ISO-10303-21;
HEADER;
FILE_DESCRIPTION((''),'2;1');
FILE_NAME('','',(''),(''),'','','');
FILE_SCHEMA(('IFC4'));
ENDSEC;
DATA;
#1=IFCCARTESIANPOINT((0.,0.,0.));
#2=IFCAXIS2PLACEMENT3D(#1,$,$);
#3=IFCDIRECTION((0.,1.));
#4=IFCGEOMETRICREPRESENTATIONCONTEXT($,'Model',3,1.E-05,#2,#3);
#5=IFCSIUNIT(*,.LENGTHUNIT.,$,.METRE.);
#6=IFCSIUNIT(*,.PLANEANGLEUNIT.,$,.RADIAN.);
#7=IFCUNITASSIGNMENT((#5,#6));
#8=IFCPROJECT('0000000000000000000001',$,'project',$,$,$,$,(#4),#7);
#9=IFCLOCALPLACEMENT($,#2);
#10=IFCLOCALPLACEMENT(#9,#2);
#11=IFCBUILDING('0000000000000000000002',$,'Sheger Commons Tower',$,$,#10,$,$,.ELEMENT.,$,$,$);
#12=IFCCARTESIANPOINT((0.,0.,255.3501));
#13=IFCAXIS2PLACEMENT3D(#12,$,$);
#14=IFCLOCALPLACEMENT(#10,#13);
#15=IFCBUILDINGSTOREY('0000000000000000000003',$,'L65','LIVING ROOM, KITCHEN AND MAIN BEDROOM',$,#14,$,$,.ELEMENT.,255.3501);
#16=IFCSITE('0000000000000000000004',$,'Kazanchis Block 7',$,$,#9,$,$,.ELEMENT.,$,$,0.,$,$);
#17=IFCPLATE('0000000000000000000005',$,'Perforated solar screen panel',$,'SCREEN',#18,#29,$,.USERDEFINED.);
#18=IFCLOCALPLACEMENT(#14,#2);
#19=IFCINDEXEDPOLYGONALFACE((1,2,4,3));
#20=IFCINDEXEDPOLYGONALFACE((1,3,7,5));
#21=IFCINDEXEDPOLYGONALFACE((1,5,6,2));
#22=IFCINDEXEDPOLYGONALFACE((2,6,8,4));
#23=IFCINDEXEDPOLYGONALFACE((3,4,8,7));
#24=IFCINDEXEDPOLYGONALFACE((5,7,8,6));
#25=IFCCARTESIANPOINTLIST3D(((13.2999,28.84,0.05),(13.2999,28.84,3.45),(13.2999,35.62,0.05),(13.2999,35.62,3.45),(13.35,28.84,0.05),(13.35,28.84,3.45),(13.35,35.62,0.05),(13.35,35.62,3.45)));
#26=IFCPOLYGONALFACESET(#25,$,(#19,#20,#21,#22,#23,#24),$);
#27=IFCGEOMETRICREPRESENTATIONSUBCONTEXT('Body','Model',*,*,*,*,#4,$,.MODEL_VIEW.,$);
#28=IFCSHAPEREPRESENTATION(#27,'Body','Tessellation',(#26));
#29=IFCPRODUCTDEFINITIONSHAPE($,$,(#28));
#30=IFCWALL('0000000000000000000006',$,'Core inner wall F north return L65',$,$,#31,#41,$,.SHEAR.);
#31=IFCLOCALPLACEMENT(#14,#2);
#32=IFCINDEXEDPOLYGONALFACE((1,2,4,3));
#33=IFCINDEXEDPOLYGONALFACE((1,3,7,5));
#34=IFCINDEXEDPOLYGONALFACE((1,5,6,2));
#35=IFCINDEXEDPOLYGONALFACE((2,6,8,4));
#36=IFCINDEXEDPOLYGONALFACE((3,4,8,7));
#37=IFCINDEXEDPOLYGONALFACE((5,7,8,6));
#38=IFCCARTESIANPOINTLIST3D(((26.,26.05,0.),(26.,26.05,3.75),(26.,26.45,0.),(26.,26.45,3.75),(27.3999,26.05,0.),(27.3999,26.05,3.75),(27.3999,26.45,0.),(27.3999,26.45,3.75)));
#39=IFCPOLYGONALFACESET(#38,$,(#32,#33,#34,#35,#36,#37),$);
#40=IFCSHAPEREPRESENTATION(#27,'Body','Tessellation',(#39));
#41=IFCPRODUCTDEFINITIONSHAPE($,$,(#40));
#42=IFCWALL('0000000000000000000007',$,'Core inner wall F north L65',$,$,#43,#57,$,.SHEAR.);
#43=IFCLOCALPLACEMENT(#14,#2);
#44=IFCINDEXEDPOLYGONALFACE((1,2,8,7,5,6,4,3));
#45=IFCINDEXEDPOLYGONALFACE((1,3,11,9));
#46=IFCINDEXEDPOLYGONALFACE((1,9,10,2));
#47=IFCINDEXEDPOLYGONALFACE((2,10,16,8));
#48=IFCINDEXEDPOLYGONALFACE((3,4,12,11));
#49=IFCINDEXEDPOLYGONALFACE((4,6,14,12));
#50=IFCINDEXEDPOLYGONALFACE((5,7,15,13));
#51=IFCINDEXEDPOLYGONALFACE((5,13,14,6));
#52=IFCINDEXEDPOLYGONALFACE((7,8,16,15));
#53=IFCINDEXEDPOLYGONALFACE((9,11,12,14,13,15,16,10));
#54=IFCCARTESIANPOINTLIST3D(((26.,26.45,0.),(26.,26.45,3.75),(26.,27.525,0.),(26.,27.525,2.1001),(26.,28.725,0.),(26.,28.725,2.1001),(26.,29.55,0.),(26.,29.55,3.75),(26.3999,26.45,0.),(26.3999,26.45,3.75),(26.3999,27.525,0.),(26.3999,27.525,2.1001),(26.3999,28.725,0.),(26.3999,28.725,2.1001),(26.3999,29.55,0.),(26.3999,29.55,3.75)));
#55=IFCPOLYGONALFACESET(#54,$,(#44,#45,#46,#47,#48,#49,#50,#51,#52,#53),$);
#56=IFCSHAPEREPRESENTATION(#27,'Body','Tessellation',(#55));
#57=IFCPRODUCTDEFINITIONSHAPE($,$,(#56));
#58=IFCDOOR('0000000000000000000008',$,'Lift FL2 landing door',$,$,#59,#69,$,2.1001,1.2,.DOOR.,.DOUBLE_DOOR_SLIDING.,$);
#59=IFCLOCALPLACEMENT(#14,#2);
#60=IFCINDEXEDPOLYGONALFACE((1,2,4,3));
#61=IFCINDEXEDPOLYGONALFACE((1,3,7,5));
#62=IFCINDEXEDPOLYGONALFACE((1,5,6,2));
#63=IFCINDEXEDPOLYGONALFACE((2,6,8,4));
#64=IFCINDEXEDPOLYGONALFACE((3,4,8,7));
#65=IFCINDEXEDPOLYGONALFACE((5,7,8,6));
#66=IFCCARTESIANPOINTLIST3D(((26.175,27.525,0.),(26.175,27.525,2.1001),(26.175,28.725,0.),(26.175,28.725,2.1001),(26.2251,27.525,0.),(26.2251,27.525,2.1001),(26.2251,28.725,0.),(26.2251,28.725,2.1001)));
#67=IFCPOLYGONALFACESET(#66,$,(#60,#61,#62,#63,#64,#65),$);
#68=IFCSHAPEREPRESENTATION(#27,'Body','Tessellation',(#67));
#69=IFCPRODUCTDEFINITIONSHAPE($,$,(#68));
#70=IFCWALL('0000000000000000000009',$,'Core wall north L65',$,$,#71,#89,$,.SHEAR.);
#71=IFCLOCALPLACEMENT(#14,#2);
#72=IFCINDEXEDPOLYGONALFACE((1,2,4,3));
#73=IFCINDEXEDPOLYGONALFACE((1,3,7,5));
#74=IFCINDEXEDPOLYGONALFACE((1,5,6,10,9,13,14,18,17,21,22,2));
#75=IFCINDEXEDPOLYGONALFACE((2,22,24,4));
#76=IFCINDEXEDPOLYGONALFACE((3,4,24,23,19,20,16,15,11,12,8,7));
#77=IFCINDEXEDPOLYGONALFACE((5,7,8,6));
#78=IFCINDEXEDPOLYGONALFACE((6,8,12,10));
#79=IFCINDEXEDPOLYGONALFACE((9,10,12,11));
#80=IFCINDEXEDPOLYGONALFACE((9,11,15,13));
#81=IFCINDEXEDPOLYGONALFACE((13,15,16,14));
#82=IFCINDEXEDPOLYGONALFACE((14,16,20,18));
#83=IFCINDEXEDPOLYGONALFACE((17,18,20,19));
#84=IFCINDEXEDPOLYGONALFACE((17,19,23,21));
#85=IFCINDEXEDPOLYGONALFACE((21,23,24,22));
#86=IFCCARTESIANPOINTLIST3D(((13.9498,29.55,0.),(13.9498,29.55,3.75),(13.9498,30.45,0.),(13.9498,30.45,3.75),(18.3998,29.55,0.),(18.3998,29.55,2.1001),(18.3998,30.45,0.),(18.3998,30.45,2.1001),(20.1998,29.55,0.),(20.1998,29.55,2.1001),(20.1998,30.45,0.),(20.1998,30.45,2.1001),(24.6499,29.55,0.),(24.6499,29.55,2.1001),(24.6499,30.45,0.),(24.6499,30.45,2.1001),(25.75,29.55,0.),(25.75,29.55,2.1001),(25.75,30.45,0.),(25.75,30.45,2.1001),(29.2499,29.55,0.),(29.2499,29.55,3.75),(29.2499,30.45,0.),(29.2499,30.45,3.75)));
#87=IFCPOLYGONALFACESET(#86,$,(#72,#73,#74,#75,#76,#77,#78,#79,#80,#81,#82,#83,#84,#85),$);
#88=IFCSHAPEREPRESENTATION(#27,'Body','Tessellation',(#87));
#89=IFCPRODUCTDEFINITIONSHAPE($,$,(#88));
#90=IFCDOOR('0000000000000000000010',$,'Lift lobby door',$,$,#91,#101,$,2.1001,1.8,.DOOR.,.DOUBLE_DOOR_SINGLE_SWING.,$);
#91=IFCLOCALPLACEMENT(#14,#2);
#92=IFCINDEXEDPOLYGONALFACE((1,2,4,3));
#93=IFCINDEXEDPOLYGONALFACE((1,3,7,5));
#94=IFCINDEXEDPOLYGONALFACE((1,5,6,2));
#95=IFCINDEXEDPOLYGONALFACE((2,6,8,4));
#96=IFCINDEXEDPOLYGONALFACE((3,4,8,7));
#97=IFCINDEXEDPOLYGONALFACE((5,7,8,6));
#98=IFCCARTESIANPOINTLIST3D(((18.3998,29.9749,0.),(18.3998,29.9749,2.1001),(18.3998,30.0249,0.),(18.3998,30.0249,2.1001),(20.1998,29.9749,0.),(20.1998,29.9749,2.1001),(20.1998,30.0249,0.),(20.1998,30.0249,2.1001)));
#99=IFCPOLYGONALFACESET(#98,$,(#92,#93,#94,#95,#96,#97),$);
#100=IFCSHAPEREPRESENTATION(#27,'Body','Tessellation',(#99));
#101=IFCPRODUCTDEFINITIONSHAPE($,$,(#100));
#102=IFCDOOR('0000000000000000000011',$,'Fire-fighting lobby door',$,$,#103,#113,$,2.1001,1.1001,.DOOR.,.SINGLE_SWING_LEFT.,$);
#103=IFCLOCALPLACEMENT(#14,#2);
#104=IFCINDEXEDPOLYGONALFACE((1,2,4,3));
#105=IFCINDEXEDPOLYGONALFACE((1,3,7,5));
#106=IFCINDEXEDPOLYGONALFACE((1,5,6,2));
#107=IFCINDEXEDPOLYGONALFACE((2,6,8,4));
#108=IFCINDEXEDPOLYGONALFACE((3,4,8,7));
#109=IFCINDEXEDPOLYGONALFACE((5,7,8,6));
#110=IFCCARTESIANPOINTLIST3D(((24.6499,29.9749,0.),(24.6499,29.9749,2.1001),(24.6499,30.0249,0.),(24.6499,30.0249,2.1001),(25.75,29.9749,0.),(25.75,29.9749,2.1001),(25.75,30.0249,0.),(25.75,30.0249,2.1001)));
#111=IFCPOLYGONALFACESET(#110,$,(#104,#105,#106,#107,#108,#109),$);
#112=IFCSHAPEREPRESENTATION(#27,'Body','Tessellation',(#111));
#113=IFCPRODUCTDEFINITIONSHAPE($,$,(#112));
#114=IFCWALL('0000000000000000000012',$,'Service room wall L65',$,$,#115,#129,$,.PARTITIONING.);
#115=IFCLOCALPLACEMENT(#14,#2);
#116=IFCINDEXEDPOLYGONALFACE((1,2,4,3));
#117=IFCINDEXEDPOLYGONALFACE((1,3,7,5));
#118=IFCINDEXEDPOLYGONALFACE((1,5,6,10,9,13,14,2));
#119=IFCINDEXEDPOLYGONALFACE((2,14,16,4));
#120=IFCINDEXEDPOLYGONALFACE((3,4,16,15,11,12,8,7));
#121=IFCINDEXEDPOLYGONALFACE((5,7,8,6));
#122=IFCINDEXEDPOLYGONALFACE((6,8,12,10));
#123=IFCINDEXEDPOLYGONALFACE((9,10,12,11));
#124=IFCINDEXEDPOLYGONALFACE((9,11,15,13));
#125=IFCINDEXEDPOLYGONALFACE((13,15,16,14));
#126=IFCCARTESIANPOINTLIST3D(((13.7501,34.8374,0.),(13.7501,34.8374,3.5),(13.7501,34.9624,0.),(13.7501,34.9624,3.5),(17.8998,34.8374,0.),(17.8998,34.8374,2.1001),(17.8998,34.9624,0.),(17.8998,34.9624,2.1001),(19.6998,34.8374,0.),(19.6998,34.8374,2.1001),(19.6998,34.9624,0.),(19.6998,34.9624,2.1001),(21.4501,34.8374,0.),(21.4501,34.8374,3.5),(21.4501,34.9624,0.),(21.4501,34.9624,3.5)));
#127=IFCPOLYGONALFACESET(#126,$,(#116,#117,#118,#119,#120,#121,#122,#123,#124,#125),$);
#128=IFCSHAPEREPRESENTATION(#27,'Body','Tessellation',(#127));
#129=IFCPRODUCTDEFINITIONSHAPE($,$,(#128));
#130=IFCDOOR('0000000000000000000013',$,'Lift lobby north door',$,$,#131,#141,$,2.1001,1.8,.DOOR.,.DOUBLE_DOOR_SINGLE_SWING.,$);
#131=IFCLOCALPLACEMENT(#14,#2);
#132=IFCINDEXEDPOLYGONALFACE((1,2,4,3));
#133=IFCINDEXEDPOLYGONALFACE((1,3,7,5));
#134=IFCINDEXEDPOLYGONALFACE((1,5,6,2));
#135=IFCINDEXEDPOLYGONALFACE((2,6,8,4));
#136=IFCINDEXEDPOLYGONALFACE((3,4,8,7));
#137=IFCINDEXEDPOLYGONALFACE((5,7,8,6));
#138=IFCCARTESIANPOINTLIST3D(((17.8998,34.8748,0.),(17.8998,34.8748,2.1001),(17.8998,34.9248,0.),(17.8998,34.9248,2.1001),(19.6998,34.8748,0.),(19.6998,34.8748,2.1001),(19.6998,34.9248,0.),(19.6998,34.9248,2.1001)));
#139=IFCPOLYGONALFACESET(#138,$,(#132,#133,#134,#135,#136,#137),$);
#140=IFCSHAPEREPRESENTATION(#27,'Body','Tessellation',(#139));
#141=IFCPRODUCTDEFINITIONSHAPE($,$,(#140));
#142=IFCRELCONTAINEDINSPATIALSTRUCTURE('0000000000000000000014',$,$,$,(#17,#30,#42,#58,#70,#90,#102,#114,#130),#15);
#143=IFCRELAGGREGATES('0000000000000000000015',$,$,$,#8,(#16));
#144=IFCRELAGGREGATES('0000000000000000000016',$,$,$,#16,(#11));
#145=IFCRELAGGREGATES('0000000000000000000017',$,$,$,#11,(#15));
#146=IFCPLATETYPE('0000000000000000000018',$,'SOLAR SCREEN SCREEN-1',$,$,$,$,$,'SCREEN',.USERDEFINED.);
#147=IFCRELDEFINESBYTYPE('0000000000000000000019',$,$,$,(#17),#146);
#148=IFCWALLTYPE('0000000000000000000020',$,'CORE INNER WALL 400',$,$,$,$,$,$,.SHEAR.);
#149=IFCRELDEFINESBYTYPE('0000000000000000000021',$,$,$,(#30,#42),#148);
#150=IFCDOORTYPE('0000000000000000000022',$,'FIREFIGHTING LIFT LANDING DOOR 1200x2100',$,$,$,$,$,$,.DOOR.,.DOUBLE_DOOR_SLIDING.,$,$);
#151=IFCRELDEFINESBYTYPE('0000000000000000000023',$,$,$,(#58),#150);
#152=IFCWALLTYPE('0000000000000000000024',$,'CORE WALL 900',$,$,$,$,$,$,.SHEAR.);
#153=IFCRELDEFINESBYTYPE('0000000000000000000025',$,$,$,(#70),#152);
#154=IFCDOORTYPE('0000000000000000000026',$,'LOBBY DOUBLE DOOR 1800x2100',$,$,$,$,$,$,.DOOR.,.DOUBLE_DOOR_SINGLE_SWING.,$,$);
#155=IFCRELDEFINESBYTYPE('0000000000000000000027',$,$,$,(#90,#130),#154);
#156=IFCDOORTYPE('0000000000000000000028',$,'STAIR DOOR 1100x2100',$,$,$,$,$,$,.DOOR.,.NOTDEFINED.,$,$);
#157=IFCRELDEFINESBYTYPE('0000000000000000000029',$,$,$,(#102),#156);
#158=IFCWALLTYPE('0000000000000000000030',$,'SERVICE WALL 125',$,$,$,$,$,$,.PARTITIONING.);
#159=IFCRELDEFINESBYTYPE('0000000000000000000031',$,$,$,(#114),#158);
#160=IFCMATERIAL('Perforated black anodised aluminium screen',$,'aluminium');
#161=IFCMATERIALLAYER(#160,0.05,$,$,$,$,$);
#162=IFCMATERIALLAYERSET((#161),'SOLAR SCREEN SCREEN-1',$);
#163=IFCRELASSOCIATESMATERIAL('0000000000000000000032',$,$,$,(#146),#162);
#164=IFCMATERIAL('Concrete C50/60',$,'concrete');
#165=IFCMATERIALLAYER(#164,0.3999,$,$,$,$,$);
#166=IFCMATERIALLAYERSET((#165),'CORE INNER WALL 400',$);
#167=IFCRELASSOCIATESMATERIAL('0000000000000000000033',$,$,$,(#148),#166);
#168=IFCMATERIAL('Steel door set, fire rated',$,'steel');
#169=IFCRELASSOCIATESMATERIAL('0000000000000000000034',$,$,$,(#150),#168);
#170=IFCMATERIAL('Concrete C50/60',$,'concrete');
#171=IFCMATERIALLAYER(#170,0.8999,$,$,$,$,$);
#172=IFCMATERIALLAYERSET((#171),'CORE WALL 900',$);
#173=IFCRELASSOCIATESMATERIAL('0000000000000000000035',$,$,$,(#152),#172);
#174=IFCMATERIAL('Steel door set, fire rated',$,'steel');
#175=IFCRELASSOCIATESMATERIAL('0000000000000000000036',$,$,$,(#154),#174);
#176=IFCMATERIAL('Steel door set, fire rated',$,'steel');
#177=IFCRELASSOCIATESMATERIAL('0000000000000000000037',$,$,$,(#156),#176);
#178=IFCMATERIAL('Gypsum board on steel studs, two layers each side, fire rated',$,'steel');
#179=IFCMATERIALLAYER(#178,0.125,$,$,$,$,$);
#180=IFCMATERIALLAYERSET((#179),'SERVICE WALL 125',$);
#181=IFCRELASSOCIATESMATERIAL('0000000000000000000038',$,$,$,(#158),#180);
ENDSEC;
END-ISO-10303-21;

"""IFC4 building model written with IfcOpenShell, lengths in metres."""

from ifc_helpers import new_model, si_unit, direction, frame, frame_2d, origin, origin_2d, place, context, subcontext, project, spatial, rectangle, extrude, material, layer, layer_set, type_object, element, fill, save


model = new_model("IFC4")

# Units and contexts
model_context = context("Model", 3, precision=1e-05, world=origin(), true_north=direction((0.0, 1.0)))
body_context = subcontext(model_context, "Body", "Model", "MODEL_VIEW")
ifc_project = project(units=[si_unit("LENGTHUNIT", "METRE"), si_unit("PLANEANGLEUNIT", "RADIAN")], contexts=[model_context])

# Site, building, storey
site_placement = place(None, origin())
site = spatial("IfcSite", under=ifc_project, at=site_placement, Name="Kazanchis Block 7", CompositionType="ELEMENT", RefElevation=0.0)
building_placement = place(site_placement, origin())
building = spatial("IfcBuilding", under=site, at=building_placement, Name="Sheger Commons Tower", CompositionType="ELEMENT")
storey_placement = place(building_placement, frame((0.0, 0.0, 255.3501)))
storey = spatial("IfcBuildingStorey", under=building, at=storey_placement, Name="L65", Description="LIVING ROOM, KITCHEN AND MAIN BEDROOM", CompositionType="ELEMENT", Elevation=255.3501)

# Plate
ifc_material_1 = material(Name="Perforated black anodised aluminium screen", Category="aluminium")
ifc_layer_1 = layer(ifc_material_1, 0.05)
ifc_layer_set_1 = layer_set([ifc_layer_1], Name="SOLAR SCREEN SCREEN-1")
plate_type = type_object("IfcPlateType", Name="SOLAR SCREEN SCREEN-1", ElementType="SCREEN", PredefinedType="USERDEFINED", material=ifc_layer_set_1)
plate_placement = place(storey_placement, frame((13.325, 32.23, 0.05), z_axis=(0.0, 0.0, 1.0), x_axis=(0.0, -1.0, 0.0)))
element("IfcPlate", 1, at=plate_placement, inside=storey, type_object=plate_type, Name="Perforated solar screen panel", ObjectType="SCREEN", PredefinedType="USERDEFINED", context=body_context, shape_type="SweptSolid", body=[
    extrude(rectangle(XDim=6.78, YDim=0.05, at=origin_2d()), origin(), (0.0, 0.0, 1.0), 3.3999),
])

# Wall
ifc_material_2 = material(Name="Concrete C50/60", Category="concrete")
ifc_layer_2 = layer(ifc_material_2, 0.3999)
ifc_layer_set_2 = layer_set([ifc_layer_2], Name="CORE INNER WALL 400")
wall_type_1 = type_object("IfcWallType", Name="CORE INNER WALL 400", PredefinedType="SHEAR", material=ifc_layer_set_2)
wall_1_placement = place(storey_placement, frame((26.0, 26.25, 0.0), z_axis=(0.0, 0.0, 1.0), x_axis=(1.0, 0.0, 0.0)))
element("IfcWall", 2, at=wall_1_placement, inside=storey, type_object=wall_type_1, Name="Core inner wall F north return L65", PredefinedType="SHEAR", context=body_context, shape_type="SweptSolid", body=[
    extrude(rectangle(XDim=1.3999, YDim=0.3999, at=frame_2d((0.7, 0.0))), origin(), (0.0, 0.0, 1.0), 3.75),
])

# Wall, opening, door
wall_2_placement = place(storey_placement, frame((26.2, 26.45, 0.0), z_axis=(0.0, 0.0, 1.0), x_axis=(0.0, 1.0, 0.0)))
wall_2 = element("IfcWall", 3, at=wall_2_placement, inside=storey, type_object=wall_type_1, Name="Core inner wall F north L65", PredefinedType="SHEAR", context=body_context, shape_type="SweptSolid", body=[
    extrude(rectangle(XDim=3.1001, YDim=0.3999, at=frame_2d((1.55, 0.0))), origin(), (0.0, 0.0, 1.0), 3.75),
])
opening_1_placement = place(wall_2_placement, frame((1.075, 0.0, 0.0)))
opening_1 = element("IfcOpeningElement", 4, at=opening_1_placement, cuts=wall_2, PredefinedType="OPENING", context=body_context, shape_type="SweptSolid", body=[
    extrude(rectangle(XDim=1.2, YDim=2.1001, at=frame_2d((0.6001, 1.05))), frame((0.0, 0.21, 0.0), z_axis=(0.0, -1.0, 0.0), x_axis=(1.0, 0.0, 0.0)), (0.0, 0.0, 1.0), 0.4199),
])
ifc_material_3 = material(Name="Steel door set, fire rated", Category="steel")
door_type_1 = type_object("IfcDoorType", Name="FIREFIGHTING LIFT LANDING DOOR 1200x2100", OperationType="DOUBLE_DOOR_SLIDING", PredefinedType="DOOR", material=ifc_material_3)
door_1_placement = place(opening_1_placement, origin())
door_1 = element("IfcDoor", 5, at=door_1_placement, inside=storey, type_object=door_type_1, Name="Lift FL2 landing door", OperationType="DOUBLE_DOOR_SLIDING", OverallHeight=2.1001, OverallWidth=1.2, PredefinedType="DOOR", context=body_context, shape_type="SweptSolid", body=[
    extrude(rectangle(XDim=1.2, YDim=2.1001, at=frame_2d((0.6001, 1.05))), frame((0.0, 0.0249, 0.0), z_axis=(0.0, -1.0, 0.0), x_axis=(1.0, 0.0, 0.0)), (0.0, 0.0, 1.0), 0.05),
])
fill(opening_1, door_1)

# Wall, openings, doors
ifc_material_4 = material(Name="Concrete C50/60", Category="concrete")
ifc_layer_3 = layer(ifc_material_4, 0.8999)
ifc_layer_set_3 = layer_set([ifc_layer_3], Name="CORE WALL 900")
wall_type_2 = type_object("IfcWallType", Name="CORE WALL 900", PredefinedType="SHEAR", material=ifc_layer_set_3)
wall_3_placement = place(storey_placement, frame((13.95, 30.0, 0.0), z_axis=(0.0, 0.0, 1.0), x_axis=(1.0, 0.0, 0.0)))
wall_3 = element("IfcWall", 6, at=wall_3_placement, inside=storey, type_object=wall_type_2, Name="Core wall north L65", PredefinedType="SHEAR", context=body_context, shape_type="SweptSolid", body=[
    extrude(rectangle(XDim=15.3, YDim=0.8999, at=frame_2d((7.6499, 0.0))), origin(), (0.0, 0.0, 1.0), 3.75),
])
opening_2_placement = place(wall_3_placement, frame((4.45, 0.0, 0.0)))
opening_2 = element("IfcOpeningElement", 7, at=opening_2_placement, cuts=wall_3, PredefinedType="OPENING", context=body_context, shape_type="SweptSolid", body=[
    extrude(rectangle(XDim=1.8, YDim=2.1001, at=frame_2d((0.8999, 1.05))), frame((0.0, 0.46, 0.0), z_axis=(0.0, -1.0, 0.0), x_axis=(1.0, 0.0, 0.0)), (0.0, 0.0, 1.0), 0.9199),
])
opening_3_placement = place(wall_3_placement, frame((10.7, 0.0, 0.0)))
opening_3 = element("IfcOpeningElement", 8, at=opening_3_placement, cuts=wall_3, PredefinedType="OPENING", context=body_context, shape_type="SweptSolid", body=[
    extrude(rectangle(XDim=1.1001, YDim=2.1001, at=frame_2d((0.55, 1.05))), frame((0.0, 0.46, 0.0), z_axis=(0.0, -1.0, 0.0), x_axis=(1.0, 0.0, 0.0)), (0.0, 0.0, 1.0), 0.9199),
])
ifc_material_5 = material(Name="Steel door set, fire rated", Category="steel")
door_type_2 = type_object("IfcDoorType", Name="LOBBY DOUBLE DOOR 1800x2100", OperationType="DOUBLE_DOOR_SINGLE_SWING", PredefinedType="DOOR", material=ifc_material_5)
door_2_placement = place(opening_2_placement, origin())
door_2 = element("IfcDoor", 9, at=door_2_placement, inside=storey, type_object=door_type_2, Name="Lift lobby door", OperationType="DOUBLE_DOOR_SINGLE_SWING", OverallHeight=2.1001, OverallWidth=1.8, PredefinedType="DOOR", context=body_context, shape_type="SweptSolid", body=[
    extrude(rectangle(XDim=1.8, YDim=2.1001, at=frame_2d((0.8999, 1.05))), frame((0.0, 0.0249, 0.0), z_axis=(0.0, -1.0, 0.0), x_axis=(1.0, 0.0, 0.0)), (0.0, 0.0, 1.0), 0.05),
])
fill(opening_2, door_2)
ifc_material_6 = material(Name="Steel door set, fire rated", Category="steel")
door_type_3 = type_object("IfcDoorType", Name="STAIR DOOR 1100x2100", OperationType="NOTDEFINED", PredefinedType="DOOR", material=ifc_material_6)
door_3_placement = place(opening_3_placement, origin())
door_3 = element("IfcDoor", 10, at=door_3_placement, inside=storey, type_object=door_type_3, Name="Fire-fighting lobby door", OperationType="SINGLE_SWING_LEFT", OverallHeight=2.1001, OverallWidth=1.1001, PredefinedType="DOOR", context=body_context, shape_type="SweptSolid", body=[
    extrude(rectangle(XDim=1.1001, YDim=2.1001, at=frame_2d((0.55, 1.05))), frame((0.0, 0.0249, 0.0), z_axis=(0.0, -1.0, 0.0), x_axis=(1.0, 0.0, 0.0)), (0.0, 0.0, 1.0), 0.05),
])
fill(opening_3, door_3)

# Wall, opening, door
ifc_material_7 = material(Name="Gypsum board on steel studs, two layers each side, fire rated", Category="steel")
ifc_layer_4 = layer(ifc_material_7, 0.125)
ifc_layer_set_4 = layer_set([ifc_layer_4], Name="SERVICE WALL 125")
wall_type_3 = type_object("IfcWallType", Name="SERVICE WALL 125", PredefinedType="PARTITIONING", material=ifc_layer_set_4)
wall_4_placement = place(storey_placement, frame((13.75, 34.8999, 0.0), z_axis=(0.0, 0.0, 1.0), x_axis=(1.0, 0.0, 0.0)))
wall_4 = element("IfcWall", 11, at=wall_4_placement, inside=storey, type_object=wall_type_3, Name="Service room wall L65", PredefinedType="PARTITIONING", context=body_context, shape_type="SweptSolid", body=[
    extrude(rectangle(XDim=7.7, YDim=0.125, at=frame_2d((3.8501, 0.0))), origin(), (0.0, 0.0, 1.0), 3.5),
])
opening_4_placement = place(wall_4_placement, frame((4.1499, 0.0, 0.0)))
opening_4 = element("IfcOpeningElement", 12, at=opening_4_placement, cuts=wall_4, PredefinedType="OPENING", context=body_context, shape_type="SweptSolid", body=[
    extrude(rectangle(XDim=1.8, YDim=2.1001, at=frame_2d((0.8999, 1.05))), frame((0.0, 0.0725, 0.0), z_axis=(0.0, -1.0, 0.0), x_axis=(1.0, 0.0, 0.0)), (0.0, 0.0, 1.0), 0.145),
])
door_4_placement = place(opening_4_placement, origin())
door_4 = element("IfcDoor", 13, at=door_4_placement, inside=storey, type_object=door_type_2, Name="Lift lobby north door", OperationType="DOUBLE_DOOR_SINGLE_SWING", OverallHeight=2.1001, OverallWidth=1.8, PredefinedType="DOOR", context=body_context, shape_type="SweptSolid", body=[
    extrude(rectangle(XDim=1.8, YDim=2.1001, at=frame_2d((0.8999, 1.05))), frame((0.0, 0.0249, 0.0), z_axis=(0.0, -1.0, 0.0), x_axis=(1.0, 0.0, 0.0)), (0.0, 0.0, 1.0), 0.05),
])
fill(opening_4, door_4)

save(model, "model.ifc")
